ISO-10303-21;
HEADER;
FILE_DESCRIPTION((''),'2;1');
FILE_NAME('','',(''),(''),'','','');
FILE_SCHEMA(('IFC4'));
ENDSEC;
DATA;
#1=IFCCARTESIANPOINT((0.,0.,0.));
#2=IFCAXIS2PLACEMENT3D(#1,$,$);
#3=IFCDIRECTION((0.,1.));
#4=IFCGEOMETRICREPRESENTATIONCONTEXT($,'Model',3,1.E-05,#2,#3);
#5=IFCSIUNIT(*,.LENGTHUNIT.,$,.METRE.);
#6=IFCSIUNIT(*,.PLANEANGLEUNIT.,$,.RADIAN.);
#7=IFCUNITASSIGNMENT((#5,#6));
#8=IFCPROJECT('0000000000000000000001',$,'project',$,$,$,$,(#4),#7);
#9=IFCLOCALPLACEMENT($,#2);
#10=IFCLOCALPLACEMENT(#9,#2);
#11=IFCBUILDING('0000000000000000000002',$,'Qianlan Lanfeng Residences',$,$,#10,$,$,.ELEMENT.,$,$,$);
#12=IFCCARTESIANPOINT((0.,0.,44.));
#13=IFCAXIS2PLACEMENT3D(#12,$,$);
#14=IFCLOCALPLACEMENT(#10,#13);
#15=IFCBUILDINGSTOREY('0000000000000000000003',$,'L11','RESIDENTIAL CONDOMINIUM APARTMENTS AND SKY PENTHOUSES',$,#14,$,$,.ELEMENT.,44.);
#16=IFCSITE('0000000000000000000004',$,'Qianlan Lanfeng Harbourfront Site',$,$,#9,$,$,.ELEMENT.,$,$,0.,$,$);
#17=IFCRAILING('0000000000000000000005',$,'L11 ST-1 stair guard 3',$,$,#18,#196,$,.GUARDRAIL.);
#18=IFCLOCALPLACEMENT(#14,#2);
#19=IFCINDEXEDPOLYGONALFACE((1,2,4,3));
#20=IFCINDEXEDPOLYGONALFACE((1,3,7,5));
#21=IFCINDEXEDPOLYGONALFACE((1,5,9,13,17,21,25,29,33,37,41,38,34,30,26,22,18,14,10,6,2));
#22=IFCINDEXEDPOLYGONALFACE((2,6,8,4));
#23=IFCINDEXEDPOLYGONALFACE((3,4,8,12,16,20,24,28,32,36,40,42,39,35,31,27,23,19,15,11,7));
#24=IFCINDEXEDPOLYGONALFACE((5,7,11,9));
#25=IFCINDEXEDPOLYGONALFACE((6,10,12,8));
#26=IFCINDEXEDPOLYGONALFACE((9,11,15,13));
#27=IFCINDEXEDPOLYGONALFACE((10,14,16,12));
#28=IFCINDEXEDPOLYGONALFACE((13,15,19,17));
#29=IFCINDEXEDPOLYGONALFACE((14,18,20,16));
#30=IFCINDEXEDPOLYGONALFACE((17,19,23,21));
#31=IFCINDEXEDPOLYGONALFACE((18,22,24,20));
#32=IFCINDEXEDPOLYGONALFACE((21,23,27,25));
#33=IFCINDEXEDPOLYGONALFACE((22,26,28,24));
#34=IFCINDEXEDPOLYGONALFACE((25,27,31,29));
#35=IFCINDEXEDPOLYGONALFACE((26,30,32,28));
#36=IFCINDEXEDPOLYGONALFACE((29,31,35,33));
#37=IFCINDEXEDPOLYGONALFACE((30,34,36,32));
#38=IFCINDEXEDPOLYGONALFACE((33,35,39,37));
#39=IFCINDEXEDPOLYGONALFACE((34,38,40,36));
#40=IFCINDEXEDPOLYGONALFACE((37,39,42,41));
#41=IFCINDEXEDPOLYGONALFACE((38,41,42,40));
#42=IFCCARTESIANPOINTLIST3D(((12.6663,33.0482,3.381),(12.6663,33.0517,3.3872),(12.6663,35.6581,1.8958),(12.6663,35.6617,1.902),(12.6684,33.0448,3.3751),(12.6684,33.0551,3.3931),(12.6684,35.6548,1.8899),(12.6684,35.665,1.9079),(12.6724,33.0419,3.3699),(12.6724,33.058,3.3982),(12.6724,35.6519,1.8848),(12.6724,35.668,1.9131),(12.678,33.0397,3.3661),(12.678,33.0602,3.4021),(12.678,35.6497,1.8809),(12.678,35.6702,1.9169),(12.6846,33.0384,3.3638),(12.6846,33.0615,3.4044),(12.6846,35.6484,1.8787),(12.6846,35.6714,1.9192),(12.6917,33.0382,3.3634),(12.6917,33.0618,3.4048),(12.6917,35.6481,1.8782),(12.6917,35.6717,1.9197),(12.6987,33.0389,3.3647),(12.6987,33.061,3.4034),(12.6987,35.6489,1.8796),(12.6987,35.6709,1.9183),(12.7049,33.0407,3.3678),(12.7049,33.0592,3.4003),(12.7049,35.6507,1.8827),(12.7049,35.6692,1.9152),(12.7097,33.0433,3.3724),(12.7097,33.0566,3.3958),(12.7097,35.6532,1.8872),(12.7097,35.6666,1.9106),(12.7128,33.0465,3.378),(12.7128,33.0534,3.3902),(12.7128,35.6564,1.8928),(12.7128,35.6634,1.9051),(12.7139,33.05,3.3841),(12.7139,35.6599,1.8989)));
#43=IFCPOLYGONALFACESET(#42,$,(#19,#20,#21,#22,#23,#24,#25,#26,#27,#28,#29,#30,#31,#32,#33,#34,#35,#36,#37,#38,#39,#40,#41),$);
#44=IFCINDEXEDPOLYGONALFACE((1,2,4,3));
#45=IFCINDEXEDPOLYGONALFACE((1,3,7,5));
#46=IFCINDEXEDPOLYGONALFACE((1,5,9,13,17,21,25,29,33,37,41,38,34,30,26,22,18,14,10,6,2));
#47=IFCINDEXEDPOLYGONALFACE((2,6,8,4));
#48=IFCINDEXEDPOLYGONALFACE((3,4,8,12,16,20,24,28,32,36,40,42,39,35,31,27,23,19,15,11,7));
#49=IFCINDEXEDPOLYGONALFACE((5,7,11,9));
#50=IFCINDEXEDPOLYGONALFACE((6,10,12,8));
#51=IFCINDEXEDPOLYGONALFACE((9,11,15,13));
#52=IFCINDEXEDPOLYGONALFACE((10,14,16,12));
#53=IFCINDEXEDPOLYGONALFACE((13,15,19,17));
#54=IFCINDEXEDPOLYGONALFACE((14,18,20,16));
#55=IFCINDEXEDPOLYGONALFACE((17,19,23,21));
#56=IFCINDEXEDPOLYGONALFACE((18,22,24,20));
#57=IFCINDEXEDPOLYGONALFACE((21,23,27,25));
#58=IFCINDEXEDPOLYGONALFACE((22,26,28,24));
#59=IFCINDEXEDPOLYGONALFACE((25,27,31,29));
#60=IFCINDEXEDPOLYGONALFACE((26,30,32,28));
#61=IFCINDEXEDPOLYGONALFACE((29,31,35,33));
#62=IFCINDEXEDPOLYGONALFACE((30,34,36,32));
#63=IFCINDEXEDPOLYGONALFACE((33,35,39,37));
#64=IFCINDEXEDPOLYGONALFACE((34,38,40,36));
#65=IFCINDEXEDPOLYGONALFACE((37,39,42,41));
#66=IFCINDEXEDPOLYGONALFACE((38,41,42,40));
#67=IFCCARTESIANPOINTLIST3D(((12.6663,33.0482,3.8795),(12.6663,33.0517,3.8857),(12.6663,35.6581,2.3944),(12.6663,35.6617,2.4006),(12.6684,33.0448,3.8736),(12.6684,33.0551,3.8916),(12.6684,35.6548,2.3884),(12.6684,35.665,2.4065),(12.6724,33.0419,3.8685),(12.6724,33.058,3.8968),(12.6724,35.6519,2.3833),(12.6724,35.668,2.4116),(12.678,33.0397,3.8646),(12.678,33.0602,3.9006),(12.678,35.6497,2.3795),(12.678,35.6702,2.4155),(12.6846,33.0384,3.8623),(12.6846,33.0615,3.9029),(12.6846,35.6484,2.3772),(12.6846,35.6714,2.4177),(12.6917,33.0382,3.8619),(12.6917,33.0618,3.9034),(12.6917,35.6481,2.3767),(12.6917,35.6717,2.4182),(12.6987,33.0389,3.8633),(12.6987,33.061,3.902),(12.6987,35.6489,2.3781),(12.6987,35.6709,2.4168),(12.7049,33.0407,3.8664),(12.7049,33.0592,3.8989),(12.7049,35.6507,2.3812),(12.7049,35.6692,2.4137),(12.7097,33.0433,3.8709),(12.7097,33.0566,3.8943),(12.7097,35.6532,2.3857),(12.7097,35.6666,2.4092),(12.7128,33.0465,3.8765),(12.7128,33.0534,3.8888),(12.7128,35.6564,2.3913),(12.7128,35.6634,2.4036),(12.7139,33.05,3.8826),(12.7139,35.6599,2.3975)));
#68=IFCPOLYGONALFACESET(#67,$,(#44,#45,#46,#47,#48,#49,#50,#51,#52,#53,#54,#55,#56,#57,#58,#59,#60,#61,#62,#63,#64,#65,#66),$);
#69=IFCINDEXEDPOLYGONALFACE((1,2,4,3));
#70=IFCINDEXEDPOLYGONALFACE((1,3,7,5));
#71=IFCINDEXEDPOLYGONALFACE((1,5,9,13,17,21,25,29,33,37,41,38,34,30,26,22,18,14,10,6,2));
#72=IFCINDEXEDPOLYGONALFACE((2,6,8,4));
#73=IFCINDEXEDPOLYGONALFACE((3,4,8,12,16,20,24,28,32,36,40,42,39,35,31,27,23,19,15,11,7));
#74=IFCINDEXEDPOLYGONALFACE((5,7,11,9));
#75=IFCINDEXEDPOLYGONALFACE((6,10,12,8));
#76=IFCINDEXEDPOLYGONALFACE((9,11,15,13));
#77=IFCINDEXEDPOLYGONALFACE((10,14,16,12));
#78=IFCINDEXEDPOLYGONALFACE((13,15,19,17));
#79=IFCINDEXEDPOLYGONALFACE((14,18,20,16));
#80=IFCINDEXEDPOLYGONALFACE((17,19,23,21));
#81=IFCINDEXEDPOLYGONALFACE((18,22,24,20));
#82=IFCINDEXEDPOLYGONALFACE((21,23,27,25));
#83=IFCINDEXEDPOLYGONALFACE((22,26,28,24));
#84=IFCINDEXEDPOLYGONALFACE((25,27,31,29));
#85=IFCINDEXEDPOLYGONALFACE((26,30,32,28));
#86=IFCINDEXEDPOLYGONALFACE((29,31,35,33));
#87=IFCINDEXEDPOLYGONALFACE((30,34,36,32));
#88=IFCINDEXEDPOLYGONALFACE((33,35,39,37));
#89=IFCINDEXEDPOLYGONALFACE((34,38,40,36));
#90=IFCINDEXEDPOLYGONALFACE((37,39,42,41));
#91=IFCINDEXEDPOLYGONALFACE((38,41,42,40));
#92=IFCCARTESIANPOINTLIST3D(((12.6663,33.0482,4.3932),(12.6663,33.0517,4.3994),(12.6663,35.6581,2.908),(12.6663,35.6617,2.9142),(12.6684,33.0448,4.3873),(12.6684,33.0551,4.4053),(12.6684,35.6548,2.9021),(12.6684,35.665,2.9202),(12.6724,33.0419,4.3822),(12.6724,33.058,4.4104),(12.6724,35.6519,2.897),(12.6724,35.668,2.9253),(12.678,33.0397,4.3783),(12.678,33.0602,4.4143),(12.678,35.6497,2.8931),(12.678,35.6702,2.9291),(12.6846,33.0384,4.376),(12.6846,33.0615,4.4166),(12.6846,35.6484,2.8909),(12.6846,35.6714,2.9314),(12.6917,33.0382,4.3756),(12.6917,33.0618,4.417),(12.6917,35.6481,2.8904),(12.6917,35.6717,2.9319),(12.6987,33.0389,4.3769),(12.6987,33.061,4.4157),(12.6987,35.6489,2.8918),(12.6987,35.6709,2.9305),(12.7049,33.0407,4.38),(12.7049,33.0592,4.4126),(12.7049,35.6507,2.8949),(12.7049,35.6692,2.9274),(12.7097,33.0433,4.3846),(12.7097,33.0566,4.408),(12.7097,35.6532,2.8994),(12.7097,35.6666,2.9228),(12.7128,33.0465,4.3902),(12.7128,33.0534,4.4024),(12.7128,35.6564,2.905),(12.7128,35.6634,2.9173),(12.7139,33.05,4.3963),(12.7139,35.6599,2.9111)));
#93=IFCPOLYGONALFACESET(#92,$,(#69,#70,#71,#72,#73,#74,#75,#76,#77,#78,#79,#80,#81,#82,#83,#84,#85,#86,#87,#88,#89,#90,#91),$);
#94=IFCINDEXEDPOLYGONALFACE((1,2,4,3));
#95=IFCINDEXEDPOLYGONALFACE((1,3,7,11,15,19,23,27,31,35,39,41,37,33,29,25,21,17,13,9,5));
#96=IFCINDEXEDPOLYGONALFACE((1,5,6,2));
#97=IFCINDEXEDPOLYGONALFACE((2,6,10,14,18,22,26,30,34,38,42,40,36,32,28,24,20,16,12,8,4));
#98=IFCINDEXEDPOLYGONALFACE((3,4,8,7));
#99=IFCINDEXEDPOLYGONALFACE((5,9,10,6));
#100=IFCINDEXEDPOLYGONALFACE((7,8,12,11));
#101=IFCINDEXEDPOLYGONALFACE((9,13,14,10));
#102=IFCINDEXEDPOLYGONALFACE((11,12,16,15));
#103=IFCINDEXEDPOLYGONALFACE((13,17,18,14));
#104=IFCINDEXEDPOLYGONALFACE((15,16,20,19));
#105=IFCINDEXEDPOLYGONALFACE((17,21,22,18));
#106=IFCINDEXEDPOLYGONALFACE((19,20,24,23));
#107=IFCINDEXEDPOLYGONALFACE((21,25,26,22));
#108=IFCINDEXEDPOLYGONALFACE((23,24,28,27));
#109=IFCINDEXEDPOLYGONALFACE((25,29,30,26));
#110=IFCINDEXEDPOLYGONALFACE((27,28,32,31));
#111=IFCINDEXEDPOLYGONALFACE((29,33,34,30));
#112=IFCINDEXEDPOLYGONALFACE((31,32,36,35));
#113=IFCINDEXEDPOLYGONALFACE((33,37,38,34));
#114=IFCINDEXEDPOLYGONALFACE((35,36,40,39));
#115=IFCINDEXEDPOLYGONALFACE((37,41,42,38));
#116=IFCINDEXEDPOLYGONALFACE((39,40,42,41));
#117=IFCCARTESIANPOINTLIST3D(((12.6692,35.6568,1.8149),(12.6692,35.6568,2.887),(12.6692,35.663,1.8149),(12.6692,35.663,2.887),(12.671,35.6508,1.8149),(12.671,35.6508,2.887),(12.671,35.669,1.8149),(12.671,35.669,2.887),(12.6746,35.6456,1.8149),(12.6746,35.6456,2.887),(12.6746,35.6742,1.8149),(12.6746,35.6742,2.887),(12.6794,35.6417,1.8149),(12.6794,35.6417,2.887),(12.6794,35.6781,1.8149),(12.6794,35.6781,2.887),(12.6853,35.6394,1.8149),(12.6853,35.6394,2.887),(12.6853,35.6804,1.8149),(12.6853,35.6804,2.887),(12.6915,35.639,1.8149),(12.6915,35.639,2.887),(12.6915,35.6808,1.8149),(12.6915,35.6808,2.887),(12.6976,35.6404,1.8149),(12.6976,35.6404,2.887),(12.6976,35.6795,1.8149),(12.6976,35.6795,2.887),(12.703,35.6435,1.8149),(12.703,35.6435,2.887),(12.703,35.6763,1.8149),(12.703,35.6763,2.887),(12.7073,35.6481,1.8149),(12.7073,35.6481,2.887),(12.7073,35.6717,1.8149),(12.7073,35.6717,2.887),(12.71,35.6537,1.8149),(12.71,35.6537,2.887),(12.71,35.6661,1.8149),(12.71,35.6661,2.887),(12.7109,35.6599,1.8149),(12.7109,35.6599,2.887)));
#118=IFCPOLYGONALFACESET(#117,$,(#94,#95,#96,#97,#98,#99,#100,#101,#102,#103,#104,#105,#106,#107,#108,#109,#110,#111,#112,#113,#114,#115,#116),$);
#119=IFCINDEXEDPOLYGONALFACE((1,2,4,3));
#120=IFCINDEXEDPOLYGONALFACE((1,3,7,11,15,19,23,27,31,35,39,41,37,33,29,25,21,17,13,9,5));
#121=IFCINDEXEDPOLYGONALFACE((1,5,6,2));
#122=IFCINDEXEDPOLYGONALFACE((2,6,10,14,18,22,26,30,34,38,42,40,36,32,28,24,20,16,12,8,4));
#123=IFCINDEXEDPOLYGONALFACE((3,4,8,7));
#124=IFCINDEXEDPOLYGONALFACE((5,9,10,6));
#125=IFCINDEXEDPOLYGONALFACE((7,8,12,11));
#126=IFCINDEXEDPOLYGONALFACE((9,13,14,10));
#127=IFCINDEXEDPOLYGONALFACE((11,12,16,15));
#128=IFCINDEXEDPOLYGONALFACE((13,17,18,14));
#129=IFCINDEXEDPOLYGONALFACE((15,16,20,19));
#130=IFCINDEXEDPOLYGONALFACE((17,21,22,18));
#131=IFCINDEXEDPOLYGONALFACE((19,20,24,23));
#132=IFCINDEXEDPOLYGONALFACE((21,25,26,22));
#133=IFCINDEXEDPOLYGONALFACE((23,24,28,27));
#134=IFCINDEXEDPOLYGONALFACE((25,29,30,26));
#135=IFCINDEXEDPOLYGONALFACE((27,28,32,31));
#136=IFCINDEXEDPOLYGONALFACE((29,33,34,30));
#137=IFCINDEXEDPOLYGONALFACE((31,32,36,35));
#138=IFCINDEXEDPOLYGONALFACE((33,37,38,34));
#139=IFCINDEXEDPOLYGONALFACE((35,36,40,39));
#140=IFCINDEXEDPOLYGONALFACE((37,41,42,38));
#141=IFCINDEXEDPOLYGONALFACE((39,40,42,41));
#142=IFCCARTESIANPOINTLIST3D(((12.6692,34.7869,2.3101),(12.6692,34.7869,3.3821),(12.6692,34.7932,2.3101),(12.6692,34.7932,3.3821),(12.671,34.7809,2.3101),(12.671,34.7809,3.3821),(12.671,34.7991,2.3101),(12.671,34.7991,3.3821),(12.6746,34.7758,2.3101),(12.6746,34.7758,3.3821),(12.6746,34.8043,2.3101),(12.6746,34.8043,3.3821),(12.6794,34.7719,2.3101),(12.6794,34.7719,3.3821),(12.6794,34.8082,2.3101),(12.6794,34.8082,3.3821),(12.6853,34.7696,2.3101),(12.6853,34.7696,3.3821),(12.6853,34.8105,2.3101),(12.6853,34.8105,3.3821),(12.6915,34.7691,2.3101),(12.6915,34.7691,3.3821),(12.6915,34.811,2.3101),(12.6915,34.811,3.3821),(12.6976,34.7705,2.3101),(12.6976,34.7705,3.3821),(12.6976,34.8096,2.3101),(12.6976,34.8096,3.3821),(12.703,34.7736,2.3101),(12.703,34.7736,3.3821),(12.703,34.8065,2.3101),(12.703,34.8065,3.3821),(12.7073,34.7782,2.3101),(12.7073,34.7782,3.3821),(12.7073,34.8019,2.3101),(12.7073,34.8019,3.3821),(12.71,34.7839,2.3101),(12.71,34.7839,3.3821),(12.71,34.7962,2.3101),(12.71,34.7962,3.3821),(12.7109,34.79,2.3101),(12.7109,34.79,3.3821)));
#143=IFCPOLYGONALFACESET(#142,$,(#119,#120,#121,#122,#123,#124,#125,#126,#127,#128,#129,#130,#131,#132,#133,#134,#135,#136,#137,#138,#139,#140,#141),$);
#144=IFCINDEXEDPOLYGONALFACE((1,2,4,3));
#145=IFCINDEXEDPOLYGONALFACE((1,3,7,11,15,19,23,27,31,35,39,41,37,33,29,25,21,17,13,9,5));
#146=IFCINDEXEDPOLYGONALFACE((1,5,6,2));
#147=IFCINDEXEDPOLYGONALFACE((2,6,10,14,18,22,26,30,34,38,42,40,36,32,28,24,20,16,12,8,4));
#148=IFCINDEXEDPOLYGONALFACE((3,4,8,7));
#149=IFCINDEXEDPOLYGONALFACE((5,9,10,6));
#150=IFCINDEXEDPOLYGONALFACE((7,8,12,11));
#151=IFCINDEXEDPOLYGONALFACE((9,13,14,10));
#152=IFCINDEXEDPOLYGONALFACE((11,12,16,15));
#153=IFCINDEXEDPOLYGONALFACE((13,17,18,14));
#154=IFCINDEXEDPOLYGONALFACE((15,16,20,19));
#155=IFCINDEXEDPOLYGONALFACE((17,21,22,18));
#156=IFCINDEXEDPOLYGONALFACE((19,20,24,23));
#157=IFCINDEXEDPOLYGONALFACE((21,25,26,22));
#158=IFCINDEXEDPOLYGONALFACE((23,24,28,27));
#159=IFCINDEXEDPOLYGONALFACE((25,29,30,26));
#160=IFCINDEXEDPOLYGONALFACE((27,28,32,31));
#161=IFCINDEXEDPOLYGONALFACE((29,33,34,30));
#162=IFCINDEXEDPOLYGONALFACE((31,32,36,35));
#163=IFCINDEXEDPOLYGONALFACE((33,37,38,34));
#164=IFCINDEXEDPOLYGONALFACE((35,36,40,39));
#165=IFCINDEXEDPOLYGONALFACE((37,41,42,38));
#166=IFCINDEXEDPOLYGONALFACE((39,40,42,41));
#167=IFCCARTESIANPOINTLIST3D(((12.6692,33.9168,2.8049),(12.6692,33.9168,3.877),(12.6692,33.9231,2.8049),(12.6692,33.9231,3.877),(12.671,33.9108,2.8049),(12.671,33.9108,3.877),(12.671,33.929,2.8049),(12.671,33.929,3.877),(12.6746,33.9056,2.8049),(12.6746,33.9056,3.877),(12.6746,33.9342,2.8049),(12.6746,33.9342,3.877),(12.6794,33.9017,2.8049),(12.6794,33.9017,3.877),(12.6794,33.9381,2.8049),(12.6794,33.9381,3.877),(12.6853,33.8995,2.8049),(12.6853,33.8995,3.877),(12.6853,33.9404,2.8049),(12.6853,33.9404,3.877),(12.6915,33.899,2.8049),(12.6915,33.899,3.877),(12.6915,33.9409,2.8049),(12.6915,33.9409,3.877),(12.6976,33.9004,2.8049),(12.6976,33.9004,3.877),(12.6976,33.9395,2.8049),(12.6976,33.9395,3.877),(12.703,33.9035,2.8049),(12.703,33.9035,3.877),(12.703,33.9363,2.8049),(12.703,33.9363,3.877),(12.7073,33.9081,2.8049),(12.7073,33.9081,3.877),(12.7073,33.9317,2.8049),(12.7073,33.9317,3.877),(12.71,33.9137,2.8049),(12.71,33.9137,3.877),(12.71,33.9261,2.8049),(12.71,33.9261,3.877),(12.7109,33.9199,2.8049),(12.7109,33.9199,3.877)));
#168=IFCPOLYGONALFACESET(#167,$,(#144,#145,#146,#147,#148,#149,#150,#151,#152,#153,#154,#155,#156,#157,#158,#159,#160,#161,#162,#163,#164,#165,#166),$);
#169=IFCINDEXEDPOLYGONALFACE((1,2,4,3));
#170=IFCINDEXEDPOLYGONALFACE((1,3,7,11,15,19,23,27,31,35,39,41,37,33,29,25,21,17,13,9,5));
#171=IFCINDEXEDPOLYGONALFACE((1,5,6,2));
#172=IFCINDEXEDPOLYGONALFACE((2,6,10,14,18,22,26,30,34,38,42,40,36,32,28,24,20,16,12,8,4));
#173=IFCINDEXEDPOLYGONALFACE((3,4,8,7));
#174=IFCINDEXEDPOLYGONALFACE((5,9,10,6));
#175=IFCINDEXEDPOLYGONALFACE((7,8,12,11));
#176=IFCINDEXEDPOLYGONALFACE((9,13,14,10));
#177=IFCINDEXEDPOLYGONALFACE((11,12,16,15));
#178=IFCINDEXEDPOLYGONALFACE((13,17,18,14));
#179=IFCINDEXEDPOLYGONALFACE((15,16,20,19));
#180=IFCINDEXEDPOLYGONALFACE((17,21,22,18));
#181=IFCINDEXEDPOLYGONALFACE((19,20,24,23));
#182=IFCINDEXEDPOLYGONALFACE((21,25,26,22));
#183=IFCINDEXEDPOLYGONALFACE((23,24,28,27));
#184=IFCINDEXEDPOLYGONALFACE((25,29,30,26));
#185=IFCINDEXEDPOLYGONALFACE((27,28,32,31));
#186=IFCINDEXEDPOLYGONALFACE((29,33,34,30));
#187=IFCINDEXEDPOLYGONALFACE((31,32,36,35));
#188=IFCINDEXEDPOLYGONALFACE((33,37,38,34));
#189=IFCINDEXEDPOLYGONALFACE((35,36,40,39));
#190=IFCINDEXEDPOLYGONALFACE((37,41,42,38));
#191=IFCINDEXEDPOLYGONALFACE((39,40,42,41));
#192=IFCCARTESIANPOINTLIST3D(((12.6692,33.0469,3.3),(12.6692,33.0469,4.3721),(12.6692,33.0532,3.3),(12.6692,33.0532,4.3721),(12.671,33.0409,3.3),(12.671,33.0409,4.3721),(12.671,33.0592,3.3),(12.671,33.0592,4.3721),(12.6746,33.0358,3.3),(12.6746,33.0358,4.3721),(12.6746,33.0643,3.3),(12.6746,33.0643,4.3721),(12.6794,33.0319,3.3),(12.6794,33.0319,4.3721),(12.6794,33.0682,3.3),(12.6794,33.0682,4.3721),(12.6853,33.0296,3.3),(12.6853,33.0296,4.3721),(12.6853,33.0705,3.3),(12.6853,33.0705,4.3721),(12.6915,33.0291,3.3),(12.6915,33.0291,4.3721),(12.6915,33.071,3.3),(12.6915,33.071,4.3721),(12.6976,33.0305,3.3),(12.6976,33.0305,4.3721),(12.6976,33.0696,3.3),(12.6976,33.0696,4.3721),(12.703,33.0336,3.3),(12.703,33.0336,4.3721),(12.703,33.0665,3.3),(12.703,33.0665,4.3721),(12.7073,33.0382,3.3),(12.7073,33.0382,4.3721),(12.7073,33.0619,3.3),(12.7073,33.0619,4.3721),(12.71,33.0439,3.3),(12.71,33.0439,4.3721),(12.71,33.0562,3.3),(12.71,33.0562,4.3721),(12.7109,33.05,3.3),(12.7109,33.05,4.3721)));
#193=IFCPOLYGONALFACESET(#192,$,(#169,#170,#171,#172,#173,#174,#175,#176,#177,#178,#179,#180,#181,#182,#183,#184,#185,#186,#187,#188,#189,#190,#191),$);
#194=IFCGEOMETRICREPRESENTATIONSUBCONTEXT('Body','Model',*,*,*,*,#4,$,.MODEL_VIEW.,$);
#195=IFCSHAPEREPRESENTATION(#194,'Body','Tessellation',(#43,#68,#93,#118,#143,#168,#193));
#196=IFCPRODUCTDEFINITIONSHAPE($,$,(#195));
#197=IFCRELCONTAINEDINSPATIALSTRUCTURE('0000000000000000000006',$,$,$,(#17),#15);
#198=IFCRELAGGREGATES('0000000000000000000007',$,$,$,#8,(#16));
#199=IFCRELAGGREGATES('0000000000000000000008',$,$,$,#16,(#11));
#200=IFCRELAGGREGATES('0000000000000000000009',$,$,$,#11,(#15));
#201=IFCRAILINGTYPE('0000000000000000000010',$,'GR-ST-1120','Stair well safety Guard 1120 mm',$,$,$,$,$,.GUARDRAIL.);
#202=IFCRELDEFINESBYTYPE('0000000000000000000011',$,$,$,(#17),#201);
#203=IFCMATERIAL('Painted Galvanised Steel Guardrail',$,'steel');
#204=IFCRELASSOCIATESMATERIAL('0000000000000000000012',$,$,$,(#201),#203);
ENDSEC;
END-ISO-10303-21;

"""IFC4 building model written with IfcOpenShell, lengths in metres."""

from ifc_helpers import new_model, si_unit, direction, frame, origin, origin_2d, place, context, subcontext, project, spatial, circle, extrude, material, type_object, element, save


model = new_model("IFC4")

# Units and contexts
model_context = context("Model", 3, precision=1e-05, world=origin(), true_north=direction((0.0, 1.0)))
body_context = subcontext(model_context, "Body", "Model", "MODEL_VIEW")
ifc_project = project(units=[si_unit("LENGTHUNIT", "METRE"), si_unit("PLANEANGLEUNIT", "RADIAN")], contexts=[model_context])

# Site, building, storey
site_placement = place(None, origin())
site = spatial("IfcSite", under=ifc_project, at=site_placement, Name="Qianlan Lanfeng Harbourfront Site", CompositionType="ELEMENT", RefElevation=0.0)
building_placement = place(site_placement, origin())
building = spatial("IfcBuilding", under=site, at=building_placement, Name="Qianlan Lanfeng Residences", CompositionType="ELEMENT")
storey_placement = place(building_placement, frame((0.0, 0.0, 44.0)))
storey = spatial("IfcBuildingStorey", under=building, at=storey_placement, Name="L11", Description="RESIDENTIAL CONDOMINIUM APARTMENTS AND SKY PENTHOUSES", CompositionType="ELEMENT", Elevation=44.0)

# Railing
ifc_material_1 = material(Name="Painted Galvanised Steel Guardrail", Category="steel")
railing_type_1 = type_object("IfcRailingType", Name="GR-ST-1120", Description="Stair well safety Guard 1120 mm", PredefinedType="GUARDRAIL", material=ifc_material_1)
railing_1_placement = place(storey_placement, frame((12.6899, 35.6599, 1.8149)))
element("IfcRailing", 1, at=railing_1_placement, inside=storey, type_object=railing_type_1, Name="L11 ST-1 stair guard 3", PredefinedType="GUARDRAIL", context=body_context, shape_type="SweptSolid", body=[
    extrude(circle(Radius=0.0239, at=origin_2d()), frame((0.0, 0.0, 0.084), z_axis=(0.0, -0.869137, 0.494571), x_axis=(1.0, 0.0, 0.0)), (0.0, 0.0, 1.0), 3.0029),
    extrude(circle(Radius=0.0239, at=origin_2d()), frame((0.0, 0.0, 0.5825), z_axis=(0.0, -0.869137, 0.494571), x_axis=(1.0, 0.0, 0.0)), (0.0, 0.0, 1.0), 3.0029),
    extrude(circle(Radius=0.0239, at=origin_2d()), frame((0.0, 0.0, 1.0962), z_axis=(0.0, -0.869137, 0.494571), x_axis=(1.0, 0.0, 0.0)), (0.0, 0.0, 1.0), 3.0029),
    extrude(circle(Radius=0.021, at=origin_2d()), origin(), (0.0, 0.0, 1.0), 1.072),
    extrude(circle(Radius=0.021, at=origin_2d()), frame((0.0, -0.8699, 0.4951)), (0.0, 0.0, 1.0), 1.072),
    extrude(circle(Radius=0.021, at=origin_2d()), frame((0.0, -1.74, 0.99)), (0.0, 0.0, 1.0), 1.072),
    extrude(circle(Radius=0.021, at=origin_2d()), frame((0.0, -2.6099, 1.4851)), (0.0, 0.0, 1.0), 1.072),
])

save(model, "model.ifc")
